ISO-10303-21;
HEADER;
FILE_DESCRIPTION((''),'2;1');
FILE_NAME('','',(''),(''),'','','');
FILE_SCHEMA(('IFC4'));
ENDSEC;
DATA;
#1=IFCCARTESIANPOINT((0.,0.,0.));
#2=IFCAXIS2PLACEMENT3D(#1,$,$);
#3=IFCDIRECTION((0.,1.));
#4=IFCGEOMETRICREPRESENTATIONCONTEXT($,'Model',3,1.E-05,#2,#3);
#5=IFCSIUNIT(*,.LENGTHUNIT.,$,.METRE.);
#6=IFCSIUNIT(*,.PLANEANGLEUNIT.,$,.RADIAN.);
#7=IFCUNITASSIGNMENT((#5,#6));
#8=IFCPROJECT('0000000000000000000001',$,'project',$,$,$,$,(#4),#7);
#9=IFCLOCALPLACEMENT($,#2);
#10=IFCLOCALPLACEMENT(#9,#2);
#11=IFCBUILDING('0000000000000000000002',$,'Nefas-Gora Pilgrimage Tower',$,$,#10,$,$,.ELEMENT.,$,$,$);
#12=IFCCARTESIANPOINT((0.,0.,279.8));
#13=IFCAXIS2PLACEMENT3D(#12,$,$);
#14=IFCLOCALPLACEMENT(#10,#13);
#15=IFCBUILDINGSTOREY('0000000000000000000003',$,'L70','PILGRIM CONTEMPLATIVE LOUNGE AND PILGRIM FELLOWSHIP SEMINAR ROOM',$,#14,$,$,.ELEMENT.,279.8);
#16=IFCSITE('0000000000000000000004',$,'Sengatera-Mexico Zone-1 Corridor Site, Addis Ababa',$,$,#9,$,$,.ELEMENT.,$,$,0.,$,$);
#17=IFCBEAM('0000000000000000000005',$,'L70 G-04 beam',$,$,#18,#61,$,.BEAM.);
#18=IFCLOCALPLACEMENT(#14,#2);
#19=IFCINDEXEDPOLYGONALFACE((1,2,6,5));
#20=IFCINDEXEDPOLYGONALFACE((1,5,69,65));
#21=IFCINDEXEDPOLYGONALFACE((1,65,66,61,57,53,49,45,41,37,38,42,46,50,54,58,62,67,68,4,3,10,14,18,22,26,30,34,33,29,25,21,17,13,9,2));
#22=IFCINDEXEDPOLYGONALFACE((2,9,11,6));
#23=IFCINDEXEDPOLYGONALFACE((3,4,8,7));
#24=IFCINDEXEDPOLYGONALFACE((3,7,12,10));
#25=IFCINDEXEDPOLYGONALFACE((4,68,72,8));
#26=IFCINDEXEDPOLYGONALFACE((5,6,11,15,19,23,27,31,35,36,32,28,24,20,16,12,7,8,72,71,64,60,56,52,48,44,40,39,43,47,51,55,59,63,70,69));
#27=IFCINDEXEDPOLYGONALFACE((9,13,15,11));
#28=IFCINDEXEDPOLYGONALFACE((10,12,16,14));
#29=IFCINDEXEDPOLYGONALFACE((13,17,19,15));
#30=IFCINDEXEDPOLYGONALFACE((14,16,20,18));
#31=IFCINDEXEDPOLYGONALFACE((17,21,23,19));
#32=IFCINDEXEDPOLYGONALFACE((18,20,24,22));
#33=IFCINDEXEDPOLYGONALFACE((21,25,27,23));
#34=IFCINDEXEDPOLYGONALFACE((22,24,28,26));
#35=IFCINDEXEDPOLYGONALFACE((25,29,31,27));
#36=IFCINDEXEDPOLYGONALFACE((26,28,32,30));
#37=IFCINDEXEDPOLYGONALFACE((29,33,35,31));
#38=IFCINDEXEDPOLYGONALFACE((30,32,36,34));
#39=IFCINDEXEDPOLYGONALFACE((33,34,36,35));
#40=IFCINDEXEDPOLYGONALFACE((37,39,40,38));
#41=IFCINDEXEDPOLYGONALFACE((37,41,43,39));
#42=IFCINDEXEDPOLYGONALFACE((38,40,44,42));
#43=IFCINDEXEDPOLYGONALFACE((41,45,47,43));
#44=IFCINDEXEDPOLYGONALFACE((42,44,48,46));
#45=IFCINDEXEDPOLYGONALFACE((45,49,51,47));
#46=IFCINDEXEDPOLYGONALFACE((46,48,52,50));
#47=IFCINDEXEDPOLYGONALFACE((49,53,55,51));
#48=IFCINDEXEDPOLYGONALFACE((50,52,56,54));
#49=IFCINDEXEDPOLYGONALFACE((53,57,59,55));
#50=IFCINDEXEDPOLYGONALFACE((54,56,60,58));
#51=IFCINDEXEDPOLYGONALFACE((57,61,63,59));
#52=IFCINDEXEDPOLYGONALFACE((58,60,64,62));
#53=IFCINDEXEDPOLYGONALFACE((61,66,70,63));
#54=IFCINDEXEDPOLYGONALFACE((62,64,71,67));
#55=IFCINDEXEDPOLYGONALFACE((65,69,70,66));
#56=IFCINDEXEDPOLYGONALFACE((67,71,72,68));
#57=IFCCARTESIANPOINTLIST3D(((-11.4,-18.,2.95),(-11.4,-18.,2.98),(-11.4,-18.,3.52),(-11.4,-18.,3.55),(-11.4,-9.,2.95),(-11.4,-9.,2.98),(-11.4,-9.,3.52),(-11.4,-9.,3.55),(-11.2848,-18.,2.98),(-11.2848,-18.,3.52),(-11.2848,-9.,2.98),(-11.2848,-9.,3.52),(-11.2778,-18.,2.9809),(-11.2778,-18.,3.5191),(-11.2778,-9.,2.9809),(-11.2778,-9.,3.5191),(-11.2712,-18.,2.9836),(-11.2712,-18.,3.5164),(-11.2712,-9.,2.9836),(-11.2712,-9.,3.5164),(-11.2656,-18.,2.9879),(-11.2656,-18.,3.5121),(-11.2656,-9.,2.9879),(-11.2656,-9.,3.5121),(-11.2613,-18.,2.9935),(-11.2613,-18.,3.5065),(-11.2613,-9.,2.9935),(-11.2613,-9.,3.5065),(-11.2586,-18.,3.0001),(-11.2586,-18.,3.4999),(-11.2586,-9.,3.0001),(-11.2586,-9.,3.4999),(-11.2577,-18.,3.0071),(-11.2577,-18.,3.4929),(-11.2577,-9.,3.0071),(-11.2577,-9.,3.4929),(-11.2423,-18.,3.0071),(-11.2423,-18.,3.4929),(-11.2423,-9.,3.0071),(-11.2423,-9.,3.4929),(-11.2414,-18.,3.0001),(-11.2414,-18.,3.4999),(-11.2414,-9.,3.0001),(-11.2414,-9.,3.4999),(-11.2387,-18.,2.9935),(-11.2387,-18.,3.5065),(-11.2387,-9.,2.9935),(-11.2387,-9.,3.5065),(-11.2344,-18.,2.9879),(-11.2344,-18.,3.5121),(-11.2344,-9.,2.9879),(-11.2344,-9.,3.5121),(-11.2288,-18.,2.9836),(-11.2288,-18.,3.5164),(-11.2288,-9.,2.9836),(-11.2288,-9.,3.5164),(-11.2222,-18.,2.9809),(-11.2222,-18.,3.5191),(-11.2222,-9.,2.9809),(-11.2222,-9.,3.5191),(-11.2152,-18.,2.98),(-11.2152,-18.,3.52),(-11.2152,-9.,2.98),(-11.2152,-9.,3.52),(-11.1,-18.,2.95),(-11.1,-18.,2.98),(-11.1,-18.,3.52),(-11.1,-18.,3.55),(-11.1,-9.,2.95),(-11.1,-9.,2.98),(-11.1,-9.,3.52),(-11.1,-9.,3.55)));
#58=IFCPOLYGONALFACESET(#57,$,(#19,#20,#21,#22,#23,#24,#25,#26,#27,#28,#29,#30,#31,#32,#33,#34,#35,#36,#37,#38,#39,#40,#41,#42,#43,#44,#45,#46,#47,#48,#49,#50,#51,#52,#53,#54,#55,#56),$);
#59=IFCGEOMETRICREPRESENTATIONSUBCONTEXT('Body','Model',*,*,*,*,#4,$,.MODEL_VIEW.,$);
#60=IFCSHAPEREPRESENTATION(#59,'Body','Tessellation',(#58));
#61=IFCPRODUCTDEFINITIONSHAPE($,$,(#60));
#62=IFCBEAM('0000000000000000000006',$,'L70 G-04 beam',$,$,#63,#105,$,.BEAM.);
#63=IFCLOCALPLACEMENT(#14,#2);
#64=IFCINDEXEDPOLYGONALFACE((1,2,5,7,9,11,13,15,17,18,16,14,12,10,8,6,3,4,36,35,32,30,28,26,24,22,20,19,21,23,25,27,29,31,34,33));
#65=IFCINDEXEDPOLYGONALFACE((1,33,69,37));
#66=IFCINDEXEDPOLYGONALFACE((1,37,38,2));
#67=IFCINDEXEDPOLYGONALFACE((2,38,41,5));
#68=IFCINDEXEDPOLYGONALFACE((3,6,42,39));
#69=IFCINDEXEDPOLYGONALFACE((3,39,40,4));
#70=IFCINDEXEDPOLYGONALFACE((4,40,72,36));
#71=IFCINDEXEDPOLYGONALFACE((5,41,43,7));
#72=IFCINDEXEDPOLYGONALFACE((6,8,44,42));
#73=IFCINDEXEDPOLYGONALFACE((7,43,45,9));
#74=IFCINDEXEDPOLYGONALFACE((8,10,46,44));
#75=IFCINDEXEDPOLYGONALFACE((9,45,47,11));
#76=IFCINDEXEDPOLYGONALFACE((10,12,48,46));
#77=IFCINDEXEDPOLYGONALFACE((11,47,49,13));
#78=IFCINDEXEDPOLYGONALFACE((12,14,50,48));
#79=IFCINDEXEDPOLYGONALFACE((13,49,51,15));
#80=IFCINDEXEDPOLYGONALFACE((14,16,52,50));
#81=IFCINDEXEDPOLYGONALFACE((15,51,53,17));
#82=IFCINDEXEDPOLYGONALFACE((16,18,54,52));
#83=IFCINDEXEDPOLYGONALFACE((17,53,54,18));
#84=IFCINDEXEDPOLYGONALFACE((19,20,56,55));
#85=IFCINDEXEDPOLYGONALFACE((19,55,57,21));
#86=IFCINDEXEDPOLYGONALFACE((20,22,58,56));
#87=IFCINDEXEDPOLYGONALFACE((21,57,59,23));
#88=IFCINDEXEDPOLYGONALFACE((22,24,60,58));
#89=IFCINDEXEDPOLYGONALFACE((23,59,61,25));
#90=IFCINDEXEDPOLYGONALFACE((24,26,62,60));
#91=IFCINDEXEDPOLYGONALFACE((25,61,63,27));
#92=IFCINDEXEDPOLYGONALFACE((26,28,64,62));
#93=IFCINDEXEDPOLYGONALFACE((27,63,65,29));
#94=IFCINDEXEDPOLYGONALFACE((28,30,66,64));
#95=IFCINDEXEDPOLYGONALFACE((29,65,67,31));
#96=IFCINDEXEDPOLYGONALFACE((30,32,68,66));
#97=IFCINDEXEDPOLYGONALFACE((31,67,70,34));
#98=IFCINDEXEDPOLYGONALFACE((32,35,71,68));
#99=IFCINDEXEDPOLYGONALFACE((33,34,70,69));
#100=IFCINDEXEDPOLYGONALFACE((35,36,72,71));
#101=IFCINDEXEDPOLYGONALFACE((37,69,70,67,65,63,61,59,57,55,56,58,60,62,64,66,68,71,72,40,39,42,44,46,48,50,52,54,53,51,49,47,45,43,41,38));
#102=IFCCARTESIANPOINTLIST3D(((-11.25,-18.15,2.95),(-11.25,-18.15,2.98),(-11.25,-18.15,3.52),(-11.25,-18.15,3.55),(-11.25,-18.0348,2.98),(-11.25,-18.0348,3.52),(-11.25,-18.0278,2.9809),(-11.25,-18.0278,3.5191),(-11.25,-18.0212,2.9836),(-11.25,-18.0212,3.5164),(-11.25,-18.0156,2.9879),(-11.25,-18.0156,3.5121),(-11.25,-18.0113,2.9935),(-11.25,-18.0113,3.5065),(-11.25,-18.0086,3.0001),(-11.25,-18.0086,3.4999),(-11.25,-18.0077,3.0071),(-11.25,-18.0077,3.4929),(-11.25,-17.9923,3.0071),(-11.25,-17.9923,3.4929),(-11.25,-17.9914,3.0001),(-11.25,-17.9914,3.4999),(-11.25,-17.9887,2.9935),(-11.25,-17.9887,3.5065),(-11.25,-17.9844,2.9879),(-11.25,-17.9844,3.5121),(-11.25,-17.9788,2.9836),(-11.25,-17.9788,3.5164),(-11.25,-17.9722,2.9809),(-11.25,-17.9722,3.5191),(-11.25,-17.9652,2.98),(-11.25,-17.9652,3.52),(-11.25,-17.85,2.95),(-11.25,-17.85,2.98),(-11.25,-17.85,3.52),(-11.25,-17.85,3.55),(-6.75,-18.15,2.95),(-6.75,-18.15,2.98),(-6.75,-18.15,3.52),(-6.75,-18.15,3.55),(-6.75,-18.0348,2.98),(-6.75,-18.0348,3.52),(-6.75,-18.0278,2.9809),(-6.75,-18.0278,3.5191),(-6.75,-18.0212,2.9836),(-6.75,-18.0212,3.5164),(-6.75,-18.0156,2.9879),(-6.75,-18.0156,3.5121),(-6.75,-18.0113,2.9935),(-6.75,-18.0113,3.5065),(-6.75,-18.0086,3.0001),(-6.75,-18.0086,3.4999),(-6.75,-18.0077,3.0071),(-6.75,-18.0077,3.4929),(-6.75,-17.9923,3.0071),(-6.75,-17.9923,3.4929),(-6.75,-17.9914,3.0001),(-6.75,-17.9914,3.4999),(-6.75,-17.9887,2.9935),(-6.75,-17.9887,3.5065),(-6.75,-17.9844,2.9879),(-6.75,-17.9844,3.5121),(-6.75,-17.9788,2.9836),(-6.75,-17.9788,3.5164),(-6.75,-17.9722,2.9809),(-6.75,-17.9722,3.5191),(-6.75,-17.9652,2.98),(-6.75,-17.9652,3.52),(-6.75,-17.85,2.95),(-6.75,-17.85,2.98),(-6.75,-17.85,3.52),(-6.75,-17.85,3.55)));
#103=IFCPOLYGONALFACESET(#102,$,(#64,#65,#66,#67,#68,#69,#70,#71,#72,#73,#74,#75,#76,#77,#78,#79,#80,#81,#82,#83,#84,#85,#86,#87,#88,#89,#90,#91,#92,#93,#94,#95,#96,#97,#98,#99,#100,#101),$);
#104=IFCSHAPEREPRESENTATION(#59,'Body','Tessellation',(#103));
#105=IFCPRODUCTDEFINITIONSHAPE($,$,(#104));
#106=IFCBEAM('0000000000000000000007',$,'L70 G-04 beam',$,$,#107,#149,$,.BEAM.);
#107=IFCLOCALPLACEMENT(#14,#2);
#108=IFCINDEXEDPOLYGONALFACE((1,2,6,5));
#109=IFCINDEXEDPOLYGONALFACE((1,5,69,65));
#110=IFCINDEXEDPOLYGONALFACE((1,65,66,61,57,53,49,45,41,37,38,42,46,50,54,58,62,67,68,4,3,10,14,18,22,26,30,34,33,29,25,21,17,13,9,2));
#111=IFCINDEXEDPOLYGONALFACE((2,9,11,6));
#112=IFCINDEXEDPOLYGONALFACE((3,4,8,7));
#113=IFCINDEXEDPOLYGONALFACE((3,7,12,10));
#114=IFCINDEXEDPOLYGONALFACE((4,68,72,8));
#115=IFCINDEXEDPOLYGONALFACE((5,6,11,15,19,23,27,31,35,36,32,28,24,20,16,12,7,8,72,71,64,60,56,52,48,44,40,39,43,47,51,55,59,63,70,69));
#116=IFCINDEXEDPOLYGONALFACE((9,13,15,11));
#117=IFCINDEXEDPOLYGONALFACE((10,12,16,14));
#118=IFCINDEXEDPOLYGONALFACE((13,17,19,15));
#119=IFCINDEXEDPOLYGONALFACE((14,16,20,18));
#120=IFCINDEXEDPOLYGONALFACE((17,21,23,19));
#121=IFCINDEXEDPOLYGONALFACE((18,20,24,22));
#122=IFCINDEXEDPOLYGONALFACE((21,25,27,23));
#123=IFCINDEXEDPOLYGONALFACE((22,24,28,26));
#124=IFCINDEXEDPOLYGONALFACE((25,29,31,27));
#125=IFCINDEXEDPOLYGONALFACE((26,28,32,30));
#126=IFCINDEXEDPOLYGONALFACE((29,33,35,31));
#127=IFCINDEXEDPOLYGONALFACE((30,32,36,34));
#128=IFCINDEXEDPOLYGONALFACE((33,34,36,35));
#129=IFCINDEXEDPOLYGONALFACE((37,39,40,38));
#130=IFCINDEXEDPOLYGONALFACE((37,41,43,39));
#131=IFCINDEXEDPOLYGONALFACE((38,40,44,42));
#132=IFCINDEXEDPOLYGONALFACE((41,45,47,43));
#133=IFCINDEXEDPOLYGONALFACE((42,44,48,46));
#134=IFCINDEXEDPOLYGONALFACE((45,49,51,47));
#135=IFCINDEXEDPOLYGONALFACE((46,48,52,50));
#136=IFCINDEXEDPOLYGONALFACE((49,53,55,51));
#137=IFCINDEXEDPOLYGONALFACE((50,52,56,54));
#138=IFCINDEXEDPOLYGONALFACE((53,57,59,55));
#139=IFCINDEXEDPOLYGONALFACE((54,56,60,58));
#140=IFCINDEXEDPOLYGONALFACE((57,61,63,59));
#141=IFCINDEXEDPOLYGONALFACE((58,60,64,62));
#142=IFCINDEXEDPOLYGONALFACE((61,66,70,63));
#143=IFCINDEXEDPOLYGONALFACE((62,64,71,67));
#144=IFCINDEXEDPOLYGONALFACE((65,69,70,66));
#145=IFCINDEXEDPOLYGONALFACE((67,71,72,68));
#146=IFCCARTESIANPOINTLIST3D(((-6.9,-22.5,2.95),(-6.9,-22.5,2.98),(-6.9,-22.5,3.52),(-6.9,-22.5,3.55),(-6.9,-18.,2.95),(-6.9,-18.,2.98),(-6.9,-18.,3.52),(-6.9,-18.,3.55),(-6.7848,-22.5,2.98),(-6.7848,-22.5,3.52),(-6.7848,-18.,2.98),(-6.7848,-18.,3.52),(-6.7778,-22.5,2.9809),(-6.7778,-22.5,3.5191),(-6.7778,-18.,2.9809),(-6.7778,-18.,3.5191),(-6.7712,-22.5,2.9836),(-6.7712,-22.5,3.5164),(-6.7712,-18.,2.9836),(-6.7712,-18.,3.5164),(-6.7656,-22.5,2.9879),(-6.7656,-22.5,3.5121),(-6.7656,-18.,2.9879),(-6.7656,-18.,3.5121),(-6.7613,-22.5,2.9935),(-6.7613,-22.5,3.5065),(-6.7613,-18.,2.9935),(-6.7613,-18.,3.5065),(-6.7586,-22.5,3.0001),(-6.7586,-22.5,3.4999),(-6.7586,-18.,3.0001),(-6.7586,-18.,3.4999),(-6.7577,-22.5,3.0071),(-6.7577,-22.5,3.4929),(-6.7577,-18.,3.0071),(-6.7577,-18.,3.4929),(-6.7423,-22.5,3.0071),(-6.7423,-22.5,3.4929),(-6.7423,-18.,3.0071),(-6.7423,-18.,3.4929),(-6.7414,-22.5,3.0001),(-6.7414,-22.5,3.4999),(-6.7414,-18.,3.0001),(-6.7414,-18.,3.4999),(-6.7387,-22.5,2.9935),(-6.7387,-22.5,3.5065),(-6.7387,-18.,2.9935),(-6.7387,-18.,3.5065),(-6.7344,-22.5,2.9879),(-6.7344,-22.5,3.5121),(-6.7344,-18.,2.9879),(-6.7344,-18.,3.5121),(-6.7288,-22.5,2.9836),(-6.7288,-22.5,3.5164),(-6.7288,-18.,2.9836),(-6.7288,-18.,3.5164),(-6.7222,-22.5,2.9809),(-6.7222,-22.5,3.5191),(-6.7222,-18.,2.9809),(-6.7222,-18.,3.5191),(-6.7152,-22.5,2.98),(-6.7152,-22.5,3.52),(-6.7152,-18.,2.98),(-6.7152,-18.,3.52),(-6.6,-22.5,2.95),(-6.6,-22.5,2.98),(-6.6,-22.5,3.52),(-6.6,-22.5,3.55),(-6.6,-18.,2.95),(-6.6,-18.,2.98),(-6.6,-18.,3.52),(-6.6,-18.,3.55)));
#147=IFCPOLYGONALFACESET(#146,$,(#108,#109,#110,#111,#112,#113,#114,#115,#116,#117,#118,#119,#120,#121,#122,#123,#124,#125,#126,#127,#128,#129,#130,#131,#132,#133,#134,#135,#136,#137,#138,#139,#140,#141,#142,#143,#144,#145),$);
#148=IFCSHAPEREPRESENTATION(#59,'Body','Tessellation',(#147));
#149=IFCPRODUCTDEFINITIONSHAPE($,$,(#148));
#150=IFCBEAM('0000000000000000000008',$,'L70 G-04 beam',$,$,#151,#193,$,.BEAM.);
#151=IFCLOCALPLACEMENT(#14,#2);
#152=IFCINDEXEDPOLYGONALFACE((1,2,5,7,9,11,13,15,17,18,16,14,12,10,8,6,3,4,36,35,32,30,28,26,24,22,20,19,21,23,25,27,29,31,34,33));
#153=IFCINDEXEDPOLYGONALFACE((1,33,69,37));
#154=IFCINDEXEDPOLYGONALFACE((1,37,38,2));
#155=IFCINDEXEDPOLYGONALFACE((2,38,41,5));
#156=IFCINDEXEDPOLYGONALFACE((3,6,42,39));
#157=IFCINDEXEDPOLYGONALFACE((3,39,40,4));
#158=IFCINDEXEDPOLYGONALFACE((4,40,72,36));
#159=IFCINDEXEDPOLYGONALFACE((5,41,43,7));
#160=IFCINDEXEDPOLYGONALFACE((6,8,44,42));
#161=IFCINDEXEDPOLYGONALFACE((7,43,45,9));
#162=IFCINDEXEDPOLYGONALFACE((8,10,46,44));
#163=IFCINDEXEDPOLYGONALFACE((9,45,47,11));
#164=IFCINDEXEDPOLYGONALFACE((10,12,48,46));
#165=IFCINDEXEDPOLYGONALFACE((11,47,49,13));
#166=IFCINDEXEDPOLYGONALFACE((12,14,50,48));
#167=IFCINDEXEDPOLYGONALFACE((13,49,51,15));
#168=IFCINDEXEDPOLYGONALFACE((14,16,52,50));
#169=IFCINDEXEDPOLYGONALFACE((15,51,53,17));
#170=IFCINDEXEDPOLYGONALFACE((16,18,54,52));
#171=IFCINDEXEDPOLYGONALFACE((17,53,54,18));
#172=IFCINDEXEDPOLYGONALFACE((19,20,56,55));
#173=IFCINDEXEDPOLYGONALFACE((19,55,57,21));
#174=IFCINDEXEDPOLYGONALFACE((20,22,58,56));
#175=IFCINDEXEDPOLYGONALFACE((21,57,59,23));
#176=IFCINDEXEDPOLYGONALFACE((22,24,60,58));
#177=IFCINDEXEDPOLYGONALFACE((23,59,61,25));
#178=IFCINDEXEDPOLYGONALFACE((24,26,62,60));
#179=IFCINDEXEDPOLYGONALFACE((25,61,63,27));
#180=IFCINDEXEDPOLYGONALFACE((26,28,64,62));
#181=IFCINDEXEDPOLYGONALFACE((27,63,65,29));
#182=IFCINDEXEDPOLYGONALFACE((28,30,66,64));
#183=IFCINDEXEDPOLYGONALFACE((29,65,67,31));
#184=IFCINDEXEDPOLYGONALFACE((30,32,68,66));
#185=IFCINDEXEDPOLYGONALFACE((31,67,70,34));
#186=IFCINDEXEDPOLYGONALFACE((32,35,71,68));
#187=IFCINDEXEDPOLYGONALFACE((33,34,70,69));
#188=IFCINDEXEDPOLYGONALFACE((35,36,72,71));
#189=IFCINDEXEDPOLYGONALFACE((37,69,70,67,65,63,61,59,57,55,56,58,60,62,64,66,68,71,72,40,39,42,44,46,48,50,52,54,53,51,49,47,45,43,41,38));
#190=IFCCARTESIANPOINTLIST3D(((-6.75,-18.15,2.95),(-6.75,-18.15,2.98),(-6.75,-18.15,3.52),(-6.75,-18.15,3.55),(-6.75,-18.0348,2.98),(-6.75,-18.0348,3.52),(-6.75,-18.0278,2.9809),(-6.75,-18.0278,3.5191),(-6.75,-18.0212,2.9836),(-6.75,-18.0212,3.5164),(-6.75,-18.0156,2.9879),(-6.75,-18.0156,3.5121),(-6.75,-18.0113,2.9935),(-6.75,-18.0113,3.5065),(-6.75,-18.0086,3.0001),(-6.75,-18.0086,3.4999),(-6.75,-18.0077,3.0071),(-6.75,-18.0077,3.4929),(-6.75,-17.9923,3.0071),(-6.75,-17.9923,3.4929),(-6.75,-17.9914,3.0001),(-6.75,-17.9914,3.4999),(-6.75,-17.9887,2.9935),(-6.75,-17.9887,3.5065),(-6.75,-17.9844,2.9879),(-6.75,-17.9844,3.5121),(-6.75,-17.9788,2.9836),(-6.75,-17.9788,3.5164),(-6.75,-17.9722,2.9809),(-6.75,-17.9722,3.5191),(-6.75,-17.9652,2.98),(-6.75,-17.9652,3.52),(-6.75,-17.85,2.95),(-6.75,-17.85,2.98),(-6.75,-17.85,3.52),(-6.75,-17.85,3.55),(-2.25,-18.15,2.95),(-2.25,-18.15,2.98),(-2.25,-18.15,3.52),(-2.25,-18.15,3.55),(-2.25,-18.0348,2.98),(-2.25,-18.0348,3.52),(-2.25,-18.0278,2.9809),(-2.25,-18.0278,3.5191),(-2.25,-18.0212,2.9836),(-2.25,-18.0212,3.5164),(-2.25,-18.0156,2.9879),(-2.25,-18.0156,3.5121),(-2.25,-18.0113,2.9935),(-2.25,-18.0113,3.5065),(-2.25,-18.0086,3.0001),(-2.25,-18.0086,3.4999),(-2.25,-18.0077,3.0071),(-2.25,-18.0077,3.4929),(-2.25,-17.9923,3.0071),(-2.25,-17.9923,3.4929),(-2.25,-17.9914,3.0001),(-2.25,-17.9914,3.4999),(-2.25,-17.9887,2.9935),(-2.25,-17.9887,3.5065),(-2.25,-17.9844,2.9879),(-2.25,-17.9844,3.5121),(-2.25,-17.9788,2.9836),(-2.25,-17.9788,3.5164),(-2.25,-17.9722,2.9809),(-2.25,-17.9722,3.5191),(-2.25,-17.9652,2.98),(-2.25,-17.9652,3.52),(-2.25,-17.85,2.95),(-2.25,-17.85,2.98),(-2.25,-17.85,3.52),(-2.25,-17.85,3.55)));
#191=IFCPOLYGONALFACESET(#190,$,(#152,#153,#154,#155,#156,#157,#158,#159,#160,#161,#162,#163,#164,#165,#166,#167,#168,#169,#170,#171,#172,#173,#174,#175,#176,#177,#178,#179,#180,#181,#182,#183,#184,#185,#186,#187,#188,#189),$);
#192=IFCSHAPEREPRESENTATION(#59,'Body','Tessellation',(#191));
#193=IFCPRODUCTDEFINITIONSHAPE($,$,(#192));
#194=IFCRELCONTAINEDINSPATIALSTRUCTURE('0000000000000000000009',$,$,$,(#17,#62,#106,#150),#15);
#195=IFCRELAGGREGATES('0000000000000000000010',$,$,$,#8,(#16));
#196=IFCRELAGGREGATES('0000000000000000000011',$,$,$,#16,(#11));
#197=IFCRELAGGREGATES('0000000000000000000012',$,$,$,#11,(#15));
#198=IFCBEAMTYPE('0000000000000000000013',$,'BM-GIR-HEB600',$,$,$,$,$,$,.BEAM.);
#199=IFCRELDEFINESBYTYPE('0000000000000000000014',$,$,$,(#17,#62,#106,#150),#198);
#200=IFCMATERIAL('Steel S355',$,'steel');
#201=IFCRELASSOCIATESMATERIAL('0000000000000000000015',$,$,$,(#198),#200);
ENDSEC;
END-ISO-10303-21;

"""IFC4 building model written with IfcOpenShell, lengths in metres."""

from ifc_helpers import new_model, si_unit, direction, frame, origin, origin_2d, place, context, subcontext, project, spatial, i_section, extrude, source, transform, mapped, material, material_profile, profile_set, type_object, element, save


model = new_model("IFC4")

# Units and contexts
model_context = context("Model", 3, precision=1e-05, world=origin(), true_north=direction((0.0, 1.0)))
body_context = subcontext(model_context, "Body", "Model", "MODEL_VIEW")
ifc_project = project(units=[si_unit("LENGTHUNIT", "METRE"), si_unit("PLANEANGLEUNIT", "RADIAN")], contexts=[model_context])

# Site, building, storey
site_placement = place(None, origin())
site = spatial("IfcSite", under=ifc_project, at=site_placement, Name="Sengatera-Mexico Zone-1 Corridor Site, Addis Ababa", CompositionType="ELEMENT", RefElevation=0.0)
building_placement = place(site_placement, origin())
building = spatial("IfcBuilding", under=site, at=building_placement, Name="Nefas-Gora Pilgrimage Tower", CompositionType="ELEMENT")
storey_placement = place(building_placement, frame((0.0, 0.0, 279.8)))
storey = spatial("IfcBuildingStorey", under=building, at=storey_placement, Name="L70", Description="PILGRIM CONTEMPLATIVE LOUNGE AND PILGRIM FELLOWSHIP SEMINAR ROOM", CompositionType="ELEMENT", Elevation=279.8)

# Shared definitions
ifc_material_1 = material(Name="Steel S355", Category="steel")

# Beams
ifc_material_profile_1 = material_profile(ifc_material_1, i_section(OverallWidth=0.3, OverallDepth=0.6001, WebThickness=0.0154, FlangeThickness=0.03, FilletRadius=0.0271, at=origin_2d()), Name="HEB 600")
ifc_profile_set_1 = profile_set([ifc_material_profile_1], Name="Steel S355")
beam_type_1 = type_object("IfcBeamType", Name="BM-GIR-HEB600", PredefinedType="BEAM", material=ifc_profile_set_1)
shared_shape_1 = source(origin(), body_context, "Body", "SweptSolid", [
    extrude(i_section(OverallWidth=0.3, OverallDepth=0.6001, WebThickness=0.0154, FlangeThickness=0.03, FilletRadius=0.0271, at=origin_2d()), origin(), (0.0, 0.0, 1.0), 9.0),
])
beam_placement = place(storey_placement, frame((-11.25, -18.0, 3.25), z_axis=(0.0, 1.0, 0.0), x_axis=(-1.0, 0.0, 0.0)))
element("IfcBeam", 1, at=beam_placement, inside=storey, type_object=beam_type_1, Name="L70 G-04 beam", PredefinedType="BEAM", context=body_context, shape_type="MappedRepresentation", body=[
    mapped(shared_shape_1, transform((0.0, 0.0, 0.0), x_axis=(1.0, 0.0, 0.0), y_axis=(0.0, 1.0, 0.0), z_axis=(0.0, 0.0, 1.0), scale=1.0)),
])
shared_shape_2 = source(origin(), body_context, "Body", "SweptSolid", [
    extrude(i_section(OverallWidth=0.3, OverallDepth=0.6001, WebThickness=0.0154, FlangeThickness=0.03, FilletRadius=0.0271, at=origin_2d()), origin(), (0.0, 0.0, 1.0), 4.5),
])
for number, where, z_axis, x_axis, name in (
    (2, (-11.25, -18.0, 3.25), (1.0, 0.0, 0.0), (0.0, 1.0, 0.0), "L70 G-04 beam"),
    (3, (-6.75, -22.5, 3.25), (0.0, 1.0, 0.0), (-1.0, 0.0, 0.0), "L70 G-04 beam"),
    (4, (-6.75, -18.0, 3.25), (1.0, 0.0, 0.0), (0.0, 1.0, 0.0), "L70 G-04 beam"),
):
    element("IfcBeam", number, at=place(storey_placement, frame(where, z_axis=z_axis, x_axis=x_axis)), inside=storey, type_object=beam_type_1, Name=name, PredefinedType="BEAM", context=body_context, shape_type="MappedRepresentation", body=[
        mapped(shared_shape_2, transform((0.0, 0.0, 0.0), x_axis=(1.0, 0.0, 0.0), y_axis=(0.0, 1.0, 0.0), z_axis=(0.0, 0.0, 1.0), scale=1.0)),
    ])

save(model, "model.ifc")
